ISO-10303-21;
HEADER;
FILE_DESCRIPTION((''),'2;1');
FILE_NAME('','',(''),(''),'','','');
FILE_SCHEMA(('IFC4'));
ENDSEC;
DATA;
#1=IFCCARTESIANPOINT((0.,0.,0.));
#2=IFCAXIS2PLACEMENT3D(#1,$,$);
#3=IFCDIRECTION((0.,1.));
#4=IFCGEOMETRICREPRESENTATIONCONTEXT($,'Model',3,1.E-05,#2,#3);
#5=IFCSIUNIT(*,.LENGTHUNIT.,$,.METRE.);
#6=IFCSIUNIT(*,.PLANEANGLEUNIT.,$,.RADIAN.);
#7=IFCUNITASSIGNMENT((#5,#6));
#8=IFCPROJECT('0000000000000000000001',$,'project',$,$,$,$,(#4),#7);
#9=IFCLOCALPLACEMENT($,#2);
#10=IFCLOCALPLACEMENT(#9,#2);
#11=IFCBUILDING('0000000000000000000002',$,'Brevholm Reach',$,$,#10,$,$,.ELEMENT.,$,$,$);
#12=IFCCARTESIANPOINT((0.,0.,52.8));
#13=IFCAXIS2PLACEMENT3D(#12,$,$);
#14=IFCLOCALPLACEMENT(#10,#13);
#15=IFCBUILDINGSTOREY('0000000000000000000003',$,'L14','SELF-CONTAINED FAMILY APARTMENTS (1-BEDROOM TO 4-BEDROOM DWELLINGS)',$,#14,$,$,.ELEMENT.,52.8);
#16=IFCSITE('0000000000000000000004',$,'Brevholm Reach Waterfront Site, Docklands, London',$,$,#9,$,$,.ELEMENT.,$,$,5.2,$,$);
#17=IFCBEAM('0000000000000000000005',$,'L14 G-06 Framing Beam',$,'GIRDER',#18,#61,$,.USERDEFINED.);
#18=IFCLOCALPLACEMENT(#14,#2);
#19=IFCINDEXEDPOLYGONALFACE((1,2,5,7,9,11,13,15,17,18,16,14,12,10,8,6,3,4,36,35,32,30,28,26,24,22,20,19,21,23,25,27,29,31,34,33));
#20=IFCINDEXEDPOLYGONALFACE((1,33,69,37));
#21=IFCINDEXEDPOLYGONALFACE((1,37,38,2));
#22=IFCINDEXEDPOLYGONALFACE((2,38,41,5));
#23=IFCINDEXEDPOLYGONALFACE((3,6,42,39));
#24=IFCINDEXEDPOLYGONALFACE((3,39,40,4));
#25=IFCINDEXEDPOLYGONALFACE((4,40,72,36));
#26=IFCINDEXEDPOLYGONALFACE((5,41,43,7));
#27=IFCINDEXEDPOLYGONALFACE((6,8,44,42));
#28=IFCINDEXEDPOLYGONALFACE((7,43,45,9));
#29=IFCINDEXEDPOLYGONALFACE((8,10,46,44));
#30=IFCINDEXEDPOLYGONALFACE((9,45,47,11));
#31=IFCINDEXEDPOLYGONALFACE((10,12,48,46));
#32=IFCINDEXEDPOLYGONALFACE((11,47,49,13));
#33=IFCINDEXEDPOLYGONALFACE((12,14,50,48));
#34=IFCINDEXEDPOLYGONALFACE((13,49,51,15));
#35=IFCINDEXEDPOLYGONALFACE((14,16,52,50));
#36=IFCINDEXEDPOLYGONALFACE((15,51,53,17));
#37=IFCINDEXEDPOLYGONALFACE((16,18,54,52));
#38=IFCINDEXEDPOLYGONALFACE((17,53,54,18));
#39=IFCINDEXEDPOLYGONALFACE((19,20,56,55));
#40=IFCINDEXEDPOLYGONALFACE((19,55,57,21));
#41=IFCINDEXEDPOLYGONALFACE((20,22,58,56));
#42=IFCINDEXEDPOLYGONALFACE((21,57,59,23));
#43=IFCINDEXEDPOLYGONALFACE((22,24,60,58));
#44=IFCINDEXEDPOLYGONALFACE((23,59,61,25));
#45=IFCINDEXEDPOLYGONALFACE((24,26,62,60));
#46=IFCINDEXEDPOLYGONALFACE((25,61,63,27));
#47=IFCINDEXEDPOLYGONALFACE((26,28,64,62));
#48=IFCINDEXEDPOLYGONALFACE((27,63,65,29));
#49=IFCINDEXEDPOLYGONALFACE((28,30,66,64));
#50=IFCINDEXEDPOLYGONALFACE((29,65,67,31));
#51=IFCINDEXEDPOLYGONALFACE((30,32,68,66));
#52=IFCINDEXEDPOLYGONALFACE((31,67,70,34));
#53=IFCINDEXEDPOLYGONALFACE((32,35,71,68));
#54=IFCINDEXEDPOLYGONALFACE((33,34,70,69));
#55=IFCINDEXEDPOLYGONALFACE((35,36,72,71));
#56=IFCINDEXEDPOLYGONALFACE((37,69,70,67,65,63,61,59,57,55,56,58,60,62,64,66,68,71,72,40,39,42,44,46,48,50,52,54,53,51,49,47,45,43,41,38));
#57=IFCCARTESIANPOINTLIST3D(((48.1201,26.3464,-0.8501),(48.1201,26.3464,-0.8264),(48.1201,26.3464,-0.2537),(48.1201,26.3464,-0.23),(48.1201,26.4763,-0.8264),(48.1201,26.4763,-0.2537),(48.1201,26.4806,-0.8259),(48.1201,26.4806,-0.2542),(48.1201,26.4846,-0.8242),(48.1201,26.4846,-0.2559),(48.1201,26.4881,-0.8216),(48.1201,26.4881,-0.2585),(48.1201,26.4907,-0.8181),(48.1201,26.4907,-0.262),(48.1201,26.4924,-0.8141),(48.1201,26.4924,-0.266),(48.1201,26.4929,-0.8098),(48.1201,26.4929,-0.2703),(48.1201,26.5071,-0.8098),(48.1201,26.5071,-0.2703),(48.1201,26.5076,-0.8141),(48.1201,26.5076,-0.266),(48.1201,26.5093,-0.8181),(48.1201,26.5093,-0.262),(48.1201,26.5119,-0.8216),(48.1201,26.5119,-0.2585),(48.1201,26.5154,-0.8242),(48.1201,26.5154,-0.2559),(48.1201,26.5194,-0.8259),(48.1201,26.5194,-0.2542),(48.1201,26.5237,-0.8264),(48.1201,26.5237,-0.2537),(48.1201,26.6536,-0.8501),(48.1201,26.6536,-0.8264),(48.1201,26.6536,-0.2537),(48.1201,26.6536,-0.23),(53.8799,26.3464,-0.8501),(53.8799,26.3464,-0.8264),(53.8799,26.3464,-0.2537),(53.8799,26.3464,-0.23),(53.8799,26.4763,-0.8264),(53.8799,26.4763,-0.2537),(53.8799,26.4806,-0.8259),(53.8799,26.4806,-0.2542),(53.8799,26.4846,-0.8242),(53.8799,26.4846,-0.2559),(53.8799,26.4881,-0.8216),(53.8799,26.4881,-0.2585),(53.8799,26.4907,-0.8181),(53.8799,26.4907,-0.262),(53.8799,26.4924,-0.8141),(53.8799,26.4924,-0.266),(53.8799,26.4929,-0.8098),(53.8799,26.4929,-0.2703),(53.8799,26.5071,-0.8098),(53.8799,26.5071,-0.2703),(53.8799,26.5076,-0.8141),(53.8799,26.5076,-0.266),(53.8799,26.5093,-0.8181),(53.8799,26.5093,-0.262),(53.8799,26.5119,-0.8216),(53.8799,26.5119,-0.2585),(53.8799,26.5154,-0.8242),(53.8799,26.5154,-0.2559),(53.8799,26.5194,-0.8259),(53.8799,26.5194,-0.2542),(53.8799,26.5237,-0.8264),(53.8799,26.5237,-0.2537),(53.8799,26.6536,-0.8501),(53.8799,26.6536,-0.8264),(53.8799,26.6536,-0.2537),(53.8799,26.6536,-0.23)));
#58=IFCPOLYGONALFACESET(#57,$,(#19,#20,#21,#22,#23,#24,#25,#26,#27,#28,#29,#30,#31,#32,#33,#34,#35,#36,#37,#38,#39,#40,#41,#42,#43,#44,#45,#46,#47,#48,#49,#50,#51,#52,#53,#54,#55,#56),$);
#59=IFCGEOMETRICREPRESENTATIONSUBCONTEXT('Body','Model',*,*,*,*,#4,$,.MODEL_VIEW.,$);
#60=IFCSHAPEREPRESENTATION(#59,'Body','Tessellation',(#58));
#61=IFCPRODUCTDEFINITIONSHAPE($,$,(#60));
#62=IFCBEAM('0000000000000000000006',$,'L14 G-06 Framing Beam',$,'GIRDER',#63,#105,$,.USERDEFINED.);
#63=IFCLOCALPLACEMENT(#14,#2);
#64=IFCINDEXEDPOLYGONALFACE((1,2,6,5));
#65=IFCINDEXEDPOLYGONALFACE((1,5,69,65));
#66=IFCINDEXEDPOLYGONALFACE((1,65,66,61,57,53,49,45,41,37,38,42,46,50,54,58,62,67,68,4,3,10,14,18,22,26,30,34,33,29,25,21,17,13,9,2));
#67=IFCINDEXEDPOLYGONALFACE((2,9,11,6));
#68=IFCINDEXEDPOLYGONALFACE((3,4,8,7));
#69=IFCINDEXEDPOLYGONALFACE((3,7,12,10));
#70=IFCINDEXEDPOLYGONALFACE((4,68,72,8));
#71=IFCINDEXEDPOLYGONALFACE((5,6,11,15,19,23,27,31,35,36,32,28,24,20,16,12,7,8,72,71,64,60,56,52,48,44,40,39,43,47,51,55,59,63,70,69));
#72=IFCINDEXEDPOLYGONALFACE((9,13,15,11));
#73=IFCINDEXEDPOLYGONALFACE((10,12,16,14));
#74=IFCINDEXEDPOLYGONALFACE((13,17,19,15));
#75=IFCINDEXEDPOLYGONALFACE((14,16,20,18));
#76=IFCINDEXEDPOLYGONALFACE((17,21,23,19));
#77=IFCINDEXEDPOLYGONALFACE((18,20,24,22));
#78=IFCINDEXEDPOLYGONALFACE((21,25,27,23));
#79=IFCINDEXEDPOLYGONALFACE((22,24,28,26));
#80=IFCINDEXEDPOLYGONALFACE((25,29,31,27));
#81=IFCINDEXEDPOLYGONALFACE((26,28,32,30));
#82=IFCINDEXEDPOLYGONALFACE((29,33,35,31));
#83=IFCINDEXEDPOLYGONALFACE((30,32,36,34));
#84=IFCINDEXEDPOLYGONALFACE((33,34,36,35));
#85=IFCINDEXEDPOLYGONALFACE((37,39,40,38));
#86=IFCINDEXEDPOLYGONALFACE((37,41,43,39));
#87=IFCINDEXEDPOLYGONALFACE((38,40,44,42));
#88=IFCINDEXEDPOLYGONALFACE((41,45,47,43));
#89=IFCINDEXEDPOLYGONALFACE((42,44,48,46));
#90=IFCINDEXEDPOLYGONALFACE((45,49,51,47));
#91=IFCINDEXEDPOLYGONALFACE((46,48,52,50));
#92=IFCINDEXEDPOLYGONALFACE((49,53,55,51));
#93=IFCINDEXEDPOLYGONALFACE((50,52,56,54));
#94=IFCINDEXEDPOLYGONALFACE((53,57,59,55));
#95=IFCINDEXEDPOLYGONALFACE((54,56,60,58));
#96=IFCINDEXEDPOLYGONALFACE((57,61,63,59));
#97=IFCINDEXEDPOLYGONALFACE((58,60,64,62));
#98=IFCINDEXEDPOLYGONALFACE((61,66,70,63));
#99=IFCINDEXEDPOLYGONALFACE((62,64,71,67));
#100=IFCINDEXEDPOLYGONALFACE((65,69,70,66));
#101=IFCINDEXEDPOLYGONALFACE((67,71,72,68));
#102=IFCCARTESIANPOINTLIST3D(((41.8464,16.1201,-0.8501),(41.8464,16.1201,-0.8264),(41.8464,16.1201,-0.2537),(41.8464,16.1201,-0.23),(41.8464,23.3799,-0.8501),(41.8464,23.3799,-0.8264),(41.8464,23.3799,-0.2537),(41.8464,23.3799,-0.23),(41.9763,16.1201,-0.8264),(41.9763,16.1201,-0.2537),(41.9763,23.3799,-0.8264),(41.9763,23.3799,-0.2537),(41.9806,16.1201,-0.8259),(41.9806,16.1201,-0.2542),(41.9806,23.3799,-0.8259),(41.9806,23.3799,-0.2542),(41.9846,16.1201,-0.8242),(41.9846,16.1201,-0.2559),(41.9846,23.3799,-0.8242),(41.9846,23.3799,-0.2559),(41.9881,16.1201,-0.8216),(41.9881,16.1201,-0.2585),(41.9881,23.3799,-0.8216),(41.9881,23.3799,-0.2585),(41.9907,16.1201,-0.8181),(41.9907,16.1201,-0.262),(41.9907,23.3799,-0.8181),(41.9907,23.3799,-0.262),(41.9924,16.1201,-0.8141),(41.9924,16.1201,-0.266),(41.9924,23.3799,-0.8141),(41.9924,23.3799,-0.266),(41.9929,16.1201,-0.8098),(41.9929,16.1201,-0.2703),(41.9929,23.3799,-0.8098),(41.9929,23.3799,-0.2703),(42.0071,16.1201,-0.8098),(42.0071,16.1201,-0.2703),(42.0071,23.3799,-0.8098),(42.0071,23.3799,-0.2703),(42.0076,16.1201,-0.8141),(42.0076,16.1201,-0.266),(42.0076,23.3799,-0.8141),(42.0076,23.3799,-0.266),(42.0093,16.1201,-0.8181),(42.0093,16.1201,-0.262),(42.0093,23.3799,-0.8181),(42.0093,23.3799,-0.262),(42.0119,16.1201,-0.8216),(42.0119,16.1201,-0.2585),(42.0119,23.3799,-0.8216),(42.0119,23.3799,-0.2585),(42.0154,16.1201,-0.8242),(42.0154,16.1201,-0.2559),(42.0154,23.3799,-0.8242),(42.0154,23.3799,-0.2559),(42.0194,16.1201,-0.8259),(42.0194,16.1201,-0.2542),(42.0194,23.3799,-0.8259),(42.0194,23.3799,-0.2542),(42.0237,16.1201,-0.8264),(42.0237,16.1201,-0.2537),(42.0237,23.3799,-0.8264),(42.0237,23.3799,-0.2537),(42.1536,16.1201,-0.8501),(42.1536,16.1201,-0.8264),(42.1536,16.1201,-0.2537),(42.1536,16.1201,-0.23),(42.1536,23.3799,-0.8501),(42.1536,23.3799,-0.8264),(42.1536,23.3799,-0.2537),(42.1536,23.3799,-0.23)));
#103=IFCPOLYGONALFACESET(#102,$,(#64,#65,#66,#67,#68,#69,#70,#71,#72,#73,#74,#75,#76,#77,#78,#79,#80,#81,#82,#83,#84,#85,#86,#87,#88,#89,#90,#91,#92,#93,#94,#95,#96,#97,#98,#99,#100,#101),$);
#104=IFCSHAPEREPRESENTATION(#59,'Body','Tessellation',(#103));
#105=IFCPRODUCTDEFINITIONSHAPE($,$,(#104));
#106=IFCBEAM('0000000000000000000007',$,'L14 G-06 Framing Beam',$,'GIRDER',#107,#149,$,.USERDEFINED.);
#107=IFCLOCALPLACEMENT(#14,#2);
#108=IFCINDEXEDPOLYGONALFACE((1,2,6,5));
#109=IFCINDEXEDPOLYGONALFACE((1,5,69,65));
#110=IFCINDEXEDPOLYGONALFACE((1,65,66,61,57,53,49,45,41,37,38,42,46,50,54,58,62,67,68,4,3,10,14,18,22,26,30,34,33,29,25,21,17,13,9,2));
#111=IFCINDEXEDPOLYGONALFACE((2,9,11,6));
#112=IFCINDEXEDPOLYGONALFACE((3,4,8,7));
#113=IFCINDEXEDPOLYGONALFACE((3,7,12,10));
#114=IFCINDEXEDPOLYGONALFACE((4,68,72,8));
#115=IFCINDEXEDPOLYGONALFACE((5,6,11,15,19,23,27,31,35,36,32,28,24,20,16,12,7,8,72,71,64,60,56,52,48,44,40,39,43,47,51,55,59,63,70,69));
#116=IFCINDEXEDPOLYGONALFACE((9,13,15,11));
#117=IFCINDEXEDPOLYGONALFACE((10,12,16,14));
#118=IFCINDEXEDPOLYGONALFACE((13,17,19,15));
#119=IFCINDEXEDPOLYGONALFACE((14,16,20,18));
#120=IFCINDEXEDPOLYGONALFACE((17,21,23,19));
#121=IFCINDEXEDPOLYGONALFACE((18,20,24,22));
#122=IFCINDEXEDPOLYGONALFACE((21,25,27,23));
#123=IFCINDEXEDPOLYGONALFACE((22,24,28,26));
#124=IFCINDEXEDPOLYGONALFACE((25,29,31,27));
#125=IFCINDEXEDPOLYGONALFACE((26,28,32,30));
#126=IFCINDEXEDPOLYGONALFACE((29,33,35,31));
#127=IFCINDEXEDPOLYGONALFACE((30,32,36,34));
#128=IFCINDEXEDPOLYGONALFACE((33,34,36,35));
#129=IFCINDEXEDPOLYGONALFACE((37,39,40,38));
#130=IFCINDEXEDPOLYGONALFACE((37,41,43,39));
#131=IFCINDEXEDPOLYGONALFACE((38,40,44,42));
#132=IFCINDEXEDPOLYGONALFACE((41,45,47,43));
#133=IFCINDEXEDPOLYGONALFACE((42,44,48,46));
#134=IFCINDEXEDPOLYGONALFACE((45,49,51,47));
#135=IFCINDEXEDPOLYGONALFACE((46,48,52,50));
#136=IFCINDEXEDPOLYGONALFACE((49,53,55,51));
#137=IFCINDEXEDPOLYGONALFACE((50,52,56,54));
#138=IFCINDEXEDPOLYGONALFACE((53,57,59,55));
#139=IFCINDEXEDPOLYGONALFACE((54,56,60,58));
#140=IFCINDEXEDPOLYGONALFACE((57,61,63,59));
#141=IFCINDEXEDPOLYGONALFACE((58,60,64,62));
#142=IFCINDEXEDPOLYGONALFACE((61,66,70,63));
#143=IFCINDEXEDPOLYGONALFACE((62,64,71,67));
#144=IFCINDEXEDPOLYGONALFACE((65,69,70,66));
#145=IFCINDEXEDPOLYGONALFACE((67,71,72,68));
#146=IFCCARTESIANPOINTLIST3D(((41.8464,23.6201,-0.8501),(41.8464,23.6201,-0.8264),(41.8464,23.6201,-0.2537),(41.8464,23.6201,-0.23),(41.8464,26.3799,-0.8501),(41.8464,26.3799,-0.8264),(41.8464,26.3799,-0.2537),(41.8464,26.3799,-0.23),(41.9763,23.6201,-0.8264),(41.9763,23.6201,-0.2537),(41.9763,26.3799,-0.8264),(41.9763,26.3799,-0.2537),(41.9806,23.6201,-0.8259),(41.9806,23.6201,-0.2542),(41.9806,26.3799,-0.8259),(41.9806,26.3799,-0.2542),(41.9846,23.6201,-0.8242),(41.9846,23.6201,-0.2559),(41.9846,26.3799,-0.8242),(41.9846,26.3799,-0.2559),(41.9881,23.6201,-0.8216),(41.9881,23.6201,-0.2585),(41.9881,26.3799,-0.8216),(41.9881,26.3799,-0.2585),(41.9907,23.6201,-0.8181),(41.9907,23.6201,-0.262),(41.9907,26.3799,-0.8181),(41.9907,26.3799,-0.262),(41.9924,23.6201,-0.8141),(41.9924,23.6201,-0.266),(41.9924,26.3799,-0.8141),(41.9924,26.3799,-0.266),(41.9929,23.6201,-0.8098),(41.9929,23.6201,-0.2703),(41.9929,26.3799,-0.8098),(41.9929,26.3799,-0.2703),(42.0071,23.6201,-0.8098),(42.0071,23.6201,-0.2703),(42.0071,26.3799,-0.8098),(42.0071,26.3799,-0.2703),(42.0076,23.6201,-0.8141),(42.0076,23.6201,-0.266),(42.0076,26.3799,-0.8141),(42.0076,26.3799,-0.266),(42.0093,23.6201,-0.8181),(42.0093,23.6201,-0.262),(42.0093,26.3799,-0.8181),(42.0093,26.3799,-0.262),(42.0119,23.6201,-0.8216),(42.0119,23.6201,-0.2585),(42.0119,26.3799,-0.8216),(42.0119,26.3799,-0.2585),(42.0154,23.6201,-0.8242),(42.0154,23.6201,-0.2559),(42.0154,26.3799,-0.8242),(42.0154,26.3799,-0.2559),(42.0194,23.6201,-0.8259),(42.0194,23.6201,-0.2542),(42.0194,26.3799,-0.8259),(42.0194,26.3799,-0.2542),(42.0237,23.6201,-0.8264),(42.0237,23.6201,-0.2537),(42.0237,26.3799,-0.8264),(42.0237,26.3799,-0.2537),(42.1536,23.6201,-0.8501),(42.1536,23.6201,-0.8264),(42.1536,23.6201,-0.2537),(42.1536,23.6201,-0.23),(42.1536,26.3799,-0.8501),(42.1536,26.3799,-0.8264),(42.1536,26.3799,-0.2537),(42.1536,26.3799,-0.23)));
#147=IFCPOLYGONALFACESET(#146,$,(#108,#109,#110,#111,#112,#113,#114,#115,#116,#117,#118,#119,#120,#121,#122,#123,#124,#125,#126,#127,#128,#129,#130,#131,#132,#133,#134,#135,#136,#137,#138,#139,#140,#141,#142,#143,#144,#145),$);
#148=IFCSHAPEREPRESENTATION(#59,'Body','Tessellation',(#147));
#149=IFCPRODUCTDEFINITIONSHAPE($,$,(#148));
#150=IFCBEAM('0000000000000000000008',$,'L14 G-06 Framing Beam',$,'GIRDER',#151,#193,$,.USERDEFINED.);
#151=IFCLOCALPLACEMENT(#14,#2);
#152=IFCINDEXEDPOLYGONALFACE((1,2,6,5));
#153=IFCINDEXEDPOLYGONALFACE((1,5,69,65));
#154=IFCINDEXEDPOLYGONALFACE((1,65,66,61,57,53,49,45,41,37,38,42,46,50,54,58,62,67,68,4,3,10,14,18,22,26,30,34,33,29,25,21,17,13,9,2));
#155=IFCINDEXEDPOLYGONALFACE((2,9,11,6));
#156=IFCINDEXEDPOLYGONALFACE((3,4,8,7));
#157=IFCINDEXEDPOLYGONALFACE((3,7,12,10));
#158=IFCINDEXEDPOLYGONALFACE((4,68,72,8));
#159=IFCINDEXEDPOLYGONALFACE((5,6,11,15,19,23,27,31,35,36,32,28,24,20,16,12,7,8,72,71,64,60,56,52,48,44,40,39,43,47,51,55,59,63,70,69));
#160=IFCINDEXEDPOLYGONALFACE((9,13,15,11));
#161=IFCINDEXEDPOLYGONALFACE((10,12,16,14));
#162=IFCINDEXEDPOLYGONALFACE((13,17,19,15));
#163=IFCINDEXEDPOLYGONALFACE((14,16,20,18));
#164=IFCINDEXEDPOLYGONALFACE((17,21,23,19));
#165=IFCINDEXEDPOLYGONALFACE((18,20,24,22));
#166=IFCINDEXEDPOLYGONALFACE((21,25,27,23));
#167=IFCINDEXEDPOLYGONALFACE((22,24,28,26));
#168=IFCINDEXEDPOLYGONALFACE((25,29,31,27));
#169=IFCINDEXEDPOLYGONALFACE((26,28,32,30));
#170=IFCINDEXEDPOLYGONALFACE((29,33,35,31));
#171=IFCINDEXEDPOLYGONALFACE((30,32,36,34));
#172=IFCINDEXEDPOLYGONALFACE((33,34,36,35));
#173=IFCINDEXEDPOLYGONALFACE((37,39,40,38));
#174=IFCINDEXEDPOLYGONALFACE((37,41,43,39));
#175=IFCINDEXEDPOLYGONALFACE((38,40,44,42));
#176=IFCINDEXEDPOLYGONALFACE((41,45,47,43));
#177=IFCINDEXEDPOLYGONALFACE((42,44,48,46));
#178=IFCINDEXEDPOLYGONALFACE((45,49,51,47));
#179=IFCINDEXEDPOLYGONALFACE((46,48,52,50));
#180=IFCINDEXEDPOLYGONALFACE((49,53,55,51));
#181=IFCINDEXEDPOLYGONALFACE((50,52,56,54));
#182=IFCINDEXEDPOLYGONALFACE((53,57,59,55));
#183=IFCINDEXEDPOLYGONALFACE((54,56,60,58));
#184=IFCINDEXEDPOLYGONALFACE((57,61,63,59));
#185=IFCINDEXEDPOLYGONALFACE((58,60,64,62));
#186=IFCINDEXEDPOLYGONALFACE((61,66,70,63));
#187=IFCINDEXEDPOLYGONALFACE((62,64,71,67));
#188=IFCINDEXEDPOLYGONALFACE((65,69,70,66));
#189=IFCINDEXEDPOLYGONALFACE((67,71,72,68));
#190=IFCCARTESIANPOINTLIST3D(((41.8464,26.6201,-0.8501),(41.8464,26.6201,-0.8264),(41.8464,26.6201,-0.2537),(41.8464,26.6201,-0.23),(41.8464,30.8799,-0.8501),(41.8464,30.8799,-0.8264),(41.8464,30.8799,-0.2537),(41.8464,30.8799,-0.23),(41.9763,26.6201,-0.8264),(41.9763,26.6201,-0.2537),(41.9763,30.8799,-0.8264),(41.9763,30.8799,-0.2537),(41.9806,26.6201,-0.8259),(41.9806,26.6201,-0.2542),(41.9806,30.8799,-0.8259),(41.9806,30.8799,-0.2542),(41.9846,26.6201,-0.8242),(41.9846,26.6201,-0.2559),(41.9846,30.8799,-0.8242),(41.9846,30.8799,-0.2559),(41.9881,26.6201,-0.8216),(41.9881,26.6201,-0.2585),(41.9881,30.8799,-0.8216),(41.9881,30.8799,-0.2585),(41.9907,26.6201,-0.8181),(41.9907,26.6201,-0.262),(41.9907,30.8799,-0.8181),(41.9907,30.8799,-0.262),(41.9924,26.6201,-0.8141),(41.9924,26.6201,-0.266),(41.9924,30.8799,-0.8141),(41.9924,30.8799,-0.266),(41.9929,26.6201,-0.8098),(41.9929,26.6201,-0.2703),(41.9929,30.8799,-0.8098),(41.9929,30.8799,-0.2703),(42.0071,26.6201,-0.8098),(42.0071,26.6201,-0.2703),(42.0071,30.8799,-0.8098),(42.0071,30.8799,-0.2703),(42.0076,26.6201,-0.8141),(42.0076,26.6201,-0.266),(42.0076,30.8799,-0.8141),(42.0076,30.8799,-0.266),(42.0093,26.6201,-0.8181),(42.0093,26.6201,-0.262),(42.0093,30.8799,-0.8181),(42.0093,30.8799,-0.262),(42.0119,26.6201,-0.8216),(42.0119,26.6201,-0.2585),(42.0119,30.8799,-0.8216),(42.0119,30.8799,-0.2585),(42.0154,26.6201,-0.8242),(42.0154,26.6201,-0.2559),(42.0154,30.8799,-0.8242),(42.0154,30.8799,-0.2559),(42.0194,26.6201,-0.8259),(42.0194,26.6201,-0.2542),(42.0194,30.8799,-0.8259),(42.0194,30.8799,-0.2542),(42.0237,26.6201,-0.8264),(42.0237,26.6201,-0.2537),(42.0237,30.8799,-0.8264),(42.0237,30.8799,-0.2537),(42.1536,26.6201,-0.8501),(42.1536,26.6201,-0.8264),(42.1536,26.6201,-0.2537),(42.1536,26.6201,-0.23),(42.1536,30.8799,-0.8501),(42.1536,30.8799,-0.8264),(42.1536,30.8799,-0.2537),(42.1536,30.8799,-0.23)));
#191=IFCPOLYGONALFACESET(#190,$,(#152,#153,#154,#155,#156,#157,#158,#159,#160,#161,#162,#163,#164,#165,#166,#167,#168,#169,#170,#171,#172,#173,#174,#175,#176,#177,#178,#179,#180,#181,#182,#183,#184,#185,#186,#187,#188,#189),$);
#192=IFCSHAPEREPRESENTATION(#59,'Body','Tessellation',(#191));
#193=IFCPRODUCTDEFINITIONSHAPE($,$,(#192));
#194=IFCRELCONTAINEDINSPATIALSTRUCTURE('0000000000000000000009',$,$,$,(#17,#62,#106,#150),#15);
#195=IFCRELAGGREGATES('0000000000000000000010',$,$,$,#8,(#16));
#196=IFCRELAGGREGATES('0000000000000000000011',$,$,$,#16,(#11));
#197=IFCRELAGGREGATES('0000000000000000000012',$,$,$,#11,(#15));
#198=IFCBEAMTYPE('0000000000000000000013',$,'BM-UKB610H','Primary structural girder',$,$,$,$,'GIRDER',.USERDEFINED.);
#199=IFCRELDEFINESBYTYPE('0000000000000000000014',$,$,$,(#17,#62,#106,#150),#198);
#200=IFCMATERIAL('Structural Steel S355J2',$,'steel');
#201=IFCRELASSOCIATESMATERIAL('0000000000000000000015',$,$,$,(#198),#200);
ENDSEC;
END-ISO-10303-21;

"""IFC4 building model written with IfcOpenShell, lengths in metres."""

from ifc_helpers import new_model, si_unit, direction, frame, origin, origin_2d, place, context, subcontext, project, spatial, i_section, extrude, material, material_profile, profile_set, type_object, element, save


model = new_model("IFC4")

# Units and contexts
model_context = context("Model", 3, precision=1e-05, world=origin(), true_north=direction((0.0, 1.0)))
body_context = subcontext(model_context, "Body", "Model", "MODEL_VIEW")
ifc_project = project(units=[si_unit("LENGTHUNIT", "METRE"), si_unit("PLANEANGLEUNIT", "RADIAN")], contexts=[model_context])

# Site, building, storey
site_placement = place(None, origin())
site = spatial("IfcSite", under=ifc_project, at=site_placement, Name="Brevholm Reach Waterfront Site, Docklands, London", CompositionType="ELEMENT", RefElevation=5.2)
building_placement = place(site_placement, origin())
building = spatial("IfcBuilding", under=site, at=building_placement, Name="Brevholm Reach", CompositionType="ELEMENT")
storey_placement = place(building_placement, frame((0.0, 0.0, 52.8)))
storey = spatial("IfcBuildingStorey", under=building, at=storey_placement, Name="L14", Description="SELF-CONTAINED FAMILY APARTMENTS (1-BEDROOM TO 4-BEDROOM DWELLINGS)", CompositionType="ELEMENT", Elevation=52.8)

# Beams
ifc_material_1 = material(Name="Structural Steel S355J2", Category="steel")
ifc_material_profile_1 = material_profile(ifc_material_1, i_section(OverallWidth=0.3071, OverallDepth=0.6201, WebThickness=0.0142, FlangeThickness=0.0237, FilletRadius=0.0166, at=origin_2d()), Name="UKB 610x305x179")
ifc_profile_set_1 = profile_set([ifc_material_profile_1], Name="Structural Steel S355J2")
beam_type_1 = type_object("IfcBeamType", Name="BM-UKB610H", Description="Primary structural girder", ElementType="GIRDER", PredefinedType="USERDEFINED", material=ifc_profile_set_1)
for number, where, z_axis, x_axis, name in (
    (1, (48.1201, 26.5, -0.54), (1.0, 0.0, 0.0), (0.0, 1.0, 0.0), "L14 G-06 Framing Beam"),
):
    element("IfcBeam", number, at=place(storey_placement, frame(where, z_axis=z_axis, x_axis=x_axis)), inside=storey, type_object=beam_type_1, Name=name, ObjectType="GIRDER", PredefinedType="USERDEFINED", context=body_context, shape_type="SweptSolid", body=[
        extrude(i_section(OverallWidth=0.3071, OverallDepth=0.6201, WebThickness=0.0142, FlangeThickness=0.0237, FilletRadius=0.0166, at=origin_2d()), origin(), (0.0, 0.0, 1.0), 5.7598),
    ])
beam_1_placement = place(storey_placement, frame((42.0, 16.1201, -0.54), z_axis=(0.0, 1.0, 0.0), x_axis=(-1.0, 0.0, 0.0)))
element("IfcBeam", 2, at=beam_1_placement, inside=storey, type_object=beam_type_1, Name="L14 G-06 Framing Beam", ObjectType="GIRDER", PredefinedType="USERDEFINED", context=body_context, shape_type="SweptSolid", body=[
    extrude(i_section(OverallWidth=0.3071, OverallDepth=0.6201, WebThickness=0.0142, FlangeThickness=0.0237, FilletRadius=0.0166, at=origin_2d()), origin(), (0.0, 0.0, 1.0), 7.2598),
])
beam_2_placement = place(storey_placement, frame((42.0, 23.6201, -0.54), z_axis=(0.0, 1.0, 0.0), x_axis=(-1.0, 0.0, 0.0)))
element("IfcBeam", 3, at=beam_2_placement, inside=storey, type_object=beam_type_1, Name="L14 G-06 Framing Beam", ObjectType="GIRDER", PredefinedType="USERDEFINED", context=body_context, shape_type="SweptSolid", body=[
    extrude(i_section(OverallWidth=0.3071, OverallDepth=0.6201, WebThickness=0.0142, FlangeThickness=0.0237, FilletRadius=0.0166, at=origin_2d()), origin(), (0.0, 0.0, 1.0), 2.7598),
])
beam_3_placement = place(storey_placement, frame((42.0, 26.6201, -0.54), z_axis=(0.0, 1.0, 0.0), x_axis=(-1.0, 0.0, 0.0)))
element("IfcBeam", 4, at=beam_3_placement, inside=storey, type_object=beam_type_1, Name="L14 G-06 Framing Beam", ObjectType="GIRDER", PredefinedType="USERDEFINED", context=body_context, shape_type="SweptSolid", body=[
    extrude(i_section(OverallWidth=0.3071, OverallDepth=0.6201, WebThickness=0.0142, FlangeThickness=0.0237, FilletRadius=0.0166, at=origin_2d()), origin(), (0.0, 0.0, 1.0), 4.2598),
])

save(model, "model.ifc")
